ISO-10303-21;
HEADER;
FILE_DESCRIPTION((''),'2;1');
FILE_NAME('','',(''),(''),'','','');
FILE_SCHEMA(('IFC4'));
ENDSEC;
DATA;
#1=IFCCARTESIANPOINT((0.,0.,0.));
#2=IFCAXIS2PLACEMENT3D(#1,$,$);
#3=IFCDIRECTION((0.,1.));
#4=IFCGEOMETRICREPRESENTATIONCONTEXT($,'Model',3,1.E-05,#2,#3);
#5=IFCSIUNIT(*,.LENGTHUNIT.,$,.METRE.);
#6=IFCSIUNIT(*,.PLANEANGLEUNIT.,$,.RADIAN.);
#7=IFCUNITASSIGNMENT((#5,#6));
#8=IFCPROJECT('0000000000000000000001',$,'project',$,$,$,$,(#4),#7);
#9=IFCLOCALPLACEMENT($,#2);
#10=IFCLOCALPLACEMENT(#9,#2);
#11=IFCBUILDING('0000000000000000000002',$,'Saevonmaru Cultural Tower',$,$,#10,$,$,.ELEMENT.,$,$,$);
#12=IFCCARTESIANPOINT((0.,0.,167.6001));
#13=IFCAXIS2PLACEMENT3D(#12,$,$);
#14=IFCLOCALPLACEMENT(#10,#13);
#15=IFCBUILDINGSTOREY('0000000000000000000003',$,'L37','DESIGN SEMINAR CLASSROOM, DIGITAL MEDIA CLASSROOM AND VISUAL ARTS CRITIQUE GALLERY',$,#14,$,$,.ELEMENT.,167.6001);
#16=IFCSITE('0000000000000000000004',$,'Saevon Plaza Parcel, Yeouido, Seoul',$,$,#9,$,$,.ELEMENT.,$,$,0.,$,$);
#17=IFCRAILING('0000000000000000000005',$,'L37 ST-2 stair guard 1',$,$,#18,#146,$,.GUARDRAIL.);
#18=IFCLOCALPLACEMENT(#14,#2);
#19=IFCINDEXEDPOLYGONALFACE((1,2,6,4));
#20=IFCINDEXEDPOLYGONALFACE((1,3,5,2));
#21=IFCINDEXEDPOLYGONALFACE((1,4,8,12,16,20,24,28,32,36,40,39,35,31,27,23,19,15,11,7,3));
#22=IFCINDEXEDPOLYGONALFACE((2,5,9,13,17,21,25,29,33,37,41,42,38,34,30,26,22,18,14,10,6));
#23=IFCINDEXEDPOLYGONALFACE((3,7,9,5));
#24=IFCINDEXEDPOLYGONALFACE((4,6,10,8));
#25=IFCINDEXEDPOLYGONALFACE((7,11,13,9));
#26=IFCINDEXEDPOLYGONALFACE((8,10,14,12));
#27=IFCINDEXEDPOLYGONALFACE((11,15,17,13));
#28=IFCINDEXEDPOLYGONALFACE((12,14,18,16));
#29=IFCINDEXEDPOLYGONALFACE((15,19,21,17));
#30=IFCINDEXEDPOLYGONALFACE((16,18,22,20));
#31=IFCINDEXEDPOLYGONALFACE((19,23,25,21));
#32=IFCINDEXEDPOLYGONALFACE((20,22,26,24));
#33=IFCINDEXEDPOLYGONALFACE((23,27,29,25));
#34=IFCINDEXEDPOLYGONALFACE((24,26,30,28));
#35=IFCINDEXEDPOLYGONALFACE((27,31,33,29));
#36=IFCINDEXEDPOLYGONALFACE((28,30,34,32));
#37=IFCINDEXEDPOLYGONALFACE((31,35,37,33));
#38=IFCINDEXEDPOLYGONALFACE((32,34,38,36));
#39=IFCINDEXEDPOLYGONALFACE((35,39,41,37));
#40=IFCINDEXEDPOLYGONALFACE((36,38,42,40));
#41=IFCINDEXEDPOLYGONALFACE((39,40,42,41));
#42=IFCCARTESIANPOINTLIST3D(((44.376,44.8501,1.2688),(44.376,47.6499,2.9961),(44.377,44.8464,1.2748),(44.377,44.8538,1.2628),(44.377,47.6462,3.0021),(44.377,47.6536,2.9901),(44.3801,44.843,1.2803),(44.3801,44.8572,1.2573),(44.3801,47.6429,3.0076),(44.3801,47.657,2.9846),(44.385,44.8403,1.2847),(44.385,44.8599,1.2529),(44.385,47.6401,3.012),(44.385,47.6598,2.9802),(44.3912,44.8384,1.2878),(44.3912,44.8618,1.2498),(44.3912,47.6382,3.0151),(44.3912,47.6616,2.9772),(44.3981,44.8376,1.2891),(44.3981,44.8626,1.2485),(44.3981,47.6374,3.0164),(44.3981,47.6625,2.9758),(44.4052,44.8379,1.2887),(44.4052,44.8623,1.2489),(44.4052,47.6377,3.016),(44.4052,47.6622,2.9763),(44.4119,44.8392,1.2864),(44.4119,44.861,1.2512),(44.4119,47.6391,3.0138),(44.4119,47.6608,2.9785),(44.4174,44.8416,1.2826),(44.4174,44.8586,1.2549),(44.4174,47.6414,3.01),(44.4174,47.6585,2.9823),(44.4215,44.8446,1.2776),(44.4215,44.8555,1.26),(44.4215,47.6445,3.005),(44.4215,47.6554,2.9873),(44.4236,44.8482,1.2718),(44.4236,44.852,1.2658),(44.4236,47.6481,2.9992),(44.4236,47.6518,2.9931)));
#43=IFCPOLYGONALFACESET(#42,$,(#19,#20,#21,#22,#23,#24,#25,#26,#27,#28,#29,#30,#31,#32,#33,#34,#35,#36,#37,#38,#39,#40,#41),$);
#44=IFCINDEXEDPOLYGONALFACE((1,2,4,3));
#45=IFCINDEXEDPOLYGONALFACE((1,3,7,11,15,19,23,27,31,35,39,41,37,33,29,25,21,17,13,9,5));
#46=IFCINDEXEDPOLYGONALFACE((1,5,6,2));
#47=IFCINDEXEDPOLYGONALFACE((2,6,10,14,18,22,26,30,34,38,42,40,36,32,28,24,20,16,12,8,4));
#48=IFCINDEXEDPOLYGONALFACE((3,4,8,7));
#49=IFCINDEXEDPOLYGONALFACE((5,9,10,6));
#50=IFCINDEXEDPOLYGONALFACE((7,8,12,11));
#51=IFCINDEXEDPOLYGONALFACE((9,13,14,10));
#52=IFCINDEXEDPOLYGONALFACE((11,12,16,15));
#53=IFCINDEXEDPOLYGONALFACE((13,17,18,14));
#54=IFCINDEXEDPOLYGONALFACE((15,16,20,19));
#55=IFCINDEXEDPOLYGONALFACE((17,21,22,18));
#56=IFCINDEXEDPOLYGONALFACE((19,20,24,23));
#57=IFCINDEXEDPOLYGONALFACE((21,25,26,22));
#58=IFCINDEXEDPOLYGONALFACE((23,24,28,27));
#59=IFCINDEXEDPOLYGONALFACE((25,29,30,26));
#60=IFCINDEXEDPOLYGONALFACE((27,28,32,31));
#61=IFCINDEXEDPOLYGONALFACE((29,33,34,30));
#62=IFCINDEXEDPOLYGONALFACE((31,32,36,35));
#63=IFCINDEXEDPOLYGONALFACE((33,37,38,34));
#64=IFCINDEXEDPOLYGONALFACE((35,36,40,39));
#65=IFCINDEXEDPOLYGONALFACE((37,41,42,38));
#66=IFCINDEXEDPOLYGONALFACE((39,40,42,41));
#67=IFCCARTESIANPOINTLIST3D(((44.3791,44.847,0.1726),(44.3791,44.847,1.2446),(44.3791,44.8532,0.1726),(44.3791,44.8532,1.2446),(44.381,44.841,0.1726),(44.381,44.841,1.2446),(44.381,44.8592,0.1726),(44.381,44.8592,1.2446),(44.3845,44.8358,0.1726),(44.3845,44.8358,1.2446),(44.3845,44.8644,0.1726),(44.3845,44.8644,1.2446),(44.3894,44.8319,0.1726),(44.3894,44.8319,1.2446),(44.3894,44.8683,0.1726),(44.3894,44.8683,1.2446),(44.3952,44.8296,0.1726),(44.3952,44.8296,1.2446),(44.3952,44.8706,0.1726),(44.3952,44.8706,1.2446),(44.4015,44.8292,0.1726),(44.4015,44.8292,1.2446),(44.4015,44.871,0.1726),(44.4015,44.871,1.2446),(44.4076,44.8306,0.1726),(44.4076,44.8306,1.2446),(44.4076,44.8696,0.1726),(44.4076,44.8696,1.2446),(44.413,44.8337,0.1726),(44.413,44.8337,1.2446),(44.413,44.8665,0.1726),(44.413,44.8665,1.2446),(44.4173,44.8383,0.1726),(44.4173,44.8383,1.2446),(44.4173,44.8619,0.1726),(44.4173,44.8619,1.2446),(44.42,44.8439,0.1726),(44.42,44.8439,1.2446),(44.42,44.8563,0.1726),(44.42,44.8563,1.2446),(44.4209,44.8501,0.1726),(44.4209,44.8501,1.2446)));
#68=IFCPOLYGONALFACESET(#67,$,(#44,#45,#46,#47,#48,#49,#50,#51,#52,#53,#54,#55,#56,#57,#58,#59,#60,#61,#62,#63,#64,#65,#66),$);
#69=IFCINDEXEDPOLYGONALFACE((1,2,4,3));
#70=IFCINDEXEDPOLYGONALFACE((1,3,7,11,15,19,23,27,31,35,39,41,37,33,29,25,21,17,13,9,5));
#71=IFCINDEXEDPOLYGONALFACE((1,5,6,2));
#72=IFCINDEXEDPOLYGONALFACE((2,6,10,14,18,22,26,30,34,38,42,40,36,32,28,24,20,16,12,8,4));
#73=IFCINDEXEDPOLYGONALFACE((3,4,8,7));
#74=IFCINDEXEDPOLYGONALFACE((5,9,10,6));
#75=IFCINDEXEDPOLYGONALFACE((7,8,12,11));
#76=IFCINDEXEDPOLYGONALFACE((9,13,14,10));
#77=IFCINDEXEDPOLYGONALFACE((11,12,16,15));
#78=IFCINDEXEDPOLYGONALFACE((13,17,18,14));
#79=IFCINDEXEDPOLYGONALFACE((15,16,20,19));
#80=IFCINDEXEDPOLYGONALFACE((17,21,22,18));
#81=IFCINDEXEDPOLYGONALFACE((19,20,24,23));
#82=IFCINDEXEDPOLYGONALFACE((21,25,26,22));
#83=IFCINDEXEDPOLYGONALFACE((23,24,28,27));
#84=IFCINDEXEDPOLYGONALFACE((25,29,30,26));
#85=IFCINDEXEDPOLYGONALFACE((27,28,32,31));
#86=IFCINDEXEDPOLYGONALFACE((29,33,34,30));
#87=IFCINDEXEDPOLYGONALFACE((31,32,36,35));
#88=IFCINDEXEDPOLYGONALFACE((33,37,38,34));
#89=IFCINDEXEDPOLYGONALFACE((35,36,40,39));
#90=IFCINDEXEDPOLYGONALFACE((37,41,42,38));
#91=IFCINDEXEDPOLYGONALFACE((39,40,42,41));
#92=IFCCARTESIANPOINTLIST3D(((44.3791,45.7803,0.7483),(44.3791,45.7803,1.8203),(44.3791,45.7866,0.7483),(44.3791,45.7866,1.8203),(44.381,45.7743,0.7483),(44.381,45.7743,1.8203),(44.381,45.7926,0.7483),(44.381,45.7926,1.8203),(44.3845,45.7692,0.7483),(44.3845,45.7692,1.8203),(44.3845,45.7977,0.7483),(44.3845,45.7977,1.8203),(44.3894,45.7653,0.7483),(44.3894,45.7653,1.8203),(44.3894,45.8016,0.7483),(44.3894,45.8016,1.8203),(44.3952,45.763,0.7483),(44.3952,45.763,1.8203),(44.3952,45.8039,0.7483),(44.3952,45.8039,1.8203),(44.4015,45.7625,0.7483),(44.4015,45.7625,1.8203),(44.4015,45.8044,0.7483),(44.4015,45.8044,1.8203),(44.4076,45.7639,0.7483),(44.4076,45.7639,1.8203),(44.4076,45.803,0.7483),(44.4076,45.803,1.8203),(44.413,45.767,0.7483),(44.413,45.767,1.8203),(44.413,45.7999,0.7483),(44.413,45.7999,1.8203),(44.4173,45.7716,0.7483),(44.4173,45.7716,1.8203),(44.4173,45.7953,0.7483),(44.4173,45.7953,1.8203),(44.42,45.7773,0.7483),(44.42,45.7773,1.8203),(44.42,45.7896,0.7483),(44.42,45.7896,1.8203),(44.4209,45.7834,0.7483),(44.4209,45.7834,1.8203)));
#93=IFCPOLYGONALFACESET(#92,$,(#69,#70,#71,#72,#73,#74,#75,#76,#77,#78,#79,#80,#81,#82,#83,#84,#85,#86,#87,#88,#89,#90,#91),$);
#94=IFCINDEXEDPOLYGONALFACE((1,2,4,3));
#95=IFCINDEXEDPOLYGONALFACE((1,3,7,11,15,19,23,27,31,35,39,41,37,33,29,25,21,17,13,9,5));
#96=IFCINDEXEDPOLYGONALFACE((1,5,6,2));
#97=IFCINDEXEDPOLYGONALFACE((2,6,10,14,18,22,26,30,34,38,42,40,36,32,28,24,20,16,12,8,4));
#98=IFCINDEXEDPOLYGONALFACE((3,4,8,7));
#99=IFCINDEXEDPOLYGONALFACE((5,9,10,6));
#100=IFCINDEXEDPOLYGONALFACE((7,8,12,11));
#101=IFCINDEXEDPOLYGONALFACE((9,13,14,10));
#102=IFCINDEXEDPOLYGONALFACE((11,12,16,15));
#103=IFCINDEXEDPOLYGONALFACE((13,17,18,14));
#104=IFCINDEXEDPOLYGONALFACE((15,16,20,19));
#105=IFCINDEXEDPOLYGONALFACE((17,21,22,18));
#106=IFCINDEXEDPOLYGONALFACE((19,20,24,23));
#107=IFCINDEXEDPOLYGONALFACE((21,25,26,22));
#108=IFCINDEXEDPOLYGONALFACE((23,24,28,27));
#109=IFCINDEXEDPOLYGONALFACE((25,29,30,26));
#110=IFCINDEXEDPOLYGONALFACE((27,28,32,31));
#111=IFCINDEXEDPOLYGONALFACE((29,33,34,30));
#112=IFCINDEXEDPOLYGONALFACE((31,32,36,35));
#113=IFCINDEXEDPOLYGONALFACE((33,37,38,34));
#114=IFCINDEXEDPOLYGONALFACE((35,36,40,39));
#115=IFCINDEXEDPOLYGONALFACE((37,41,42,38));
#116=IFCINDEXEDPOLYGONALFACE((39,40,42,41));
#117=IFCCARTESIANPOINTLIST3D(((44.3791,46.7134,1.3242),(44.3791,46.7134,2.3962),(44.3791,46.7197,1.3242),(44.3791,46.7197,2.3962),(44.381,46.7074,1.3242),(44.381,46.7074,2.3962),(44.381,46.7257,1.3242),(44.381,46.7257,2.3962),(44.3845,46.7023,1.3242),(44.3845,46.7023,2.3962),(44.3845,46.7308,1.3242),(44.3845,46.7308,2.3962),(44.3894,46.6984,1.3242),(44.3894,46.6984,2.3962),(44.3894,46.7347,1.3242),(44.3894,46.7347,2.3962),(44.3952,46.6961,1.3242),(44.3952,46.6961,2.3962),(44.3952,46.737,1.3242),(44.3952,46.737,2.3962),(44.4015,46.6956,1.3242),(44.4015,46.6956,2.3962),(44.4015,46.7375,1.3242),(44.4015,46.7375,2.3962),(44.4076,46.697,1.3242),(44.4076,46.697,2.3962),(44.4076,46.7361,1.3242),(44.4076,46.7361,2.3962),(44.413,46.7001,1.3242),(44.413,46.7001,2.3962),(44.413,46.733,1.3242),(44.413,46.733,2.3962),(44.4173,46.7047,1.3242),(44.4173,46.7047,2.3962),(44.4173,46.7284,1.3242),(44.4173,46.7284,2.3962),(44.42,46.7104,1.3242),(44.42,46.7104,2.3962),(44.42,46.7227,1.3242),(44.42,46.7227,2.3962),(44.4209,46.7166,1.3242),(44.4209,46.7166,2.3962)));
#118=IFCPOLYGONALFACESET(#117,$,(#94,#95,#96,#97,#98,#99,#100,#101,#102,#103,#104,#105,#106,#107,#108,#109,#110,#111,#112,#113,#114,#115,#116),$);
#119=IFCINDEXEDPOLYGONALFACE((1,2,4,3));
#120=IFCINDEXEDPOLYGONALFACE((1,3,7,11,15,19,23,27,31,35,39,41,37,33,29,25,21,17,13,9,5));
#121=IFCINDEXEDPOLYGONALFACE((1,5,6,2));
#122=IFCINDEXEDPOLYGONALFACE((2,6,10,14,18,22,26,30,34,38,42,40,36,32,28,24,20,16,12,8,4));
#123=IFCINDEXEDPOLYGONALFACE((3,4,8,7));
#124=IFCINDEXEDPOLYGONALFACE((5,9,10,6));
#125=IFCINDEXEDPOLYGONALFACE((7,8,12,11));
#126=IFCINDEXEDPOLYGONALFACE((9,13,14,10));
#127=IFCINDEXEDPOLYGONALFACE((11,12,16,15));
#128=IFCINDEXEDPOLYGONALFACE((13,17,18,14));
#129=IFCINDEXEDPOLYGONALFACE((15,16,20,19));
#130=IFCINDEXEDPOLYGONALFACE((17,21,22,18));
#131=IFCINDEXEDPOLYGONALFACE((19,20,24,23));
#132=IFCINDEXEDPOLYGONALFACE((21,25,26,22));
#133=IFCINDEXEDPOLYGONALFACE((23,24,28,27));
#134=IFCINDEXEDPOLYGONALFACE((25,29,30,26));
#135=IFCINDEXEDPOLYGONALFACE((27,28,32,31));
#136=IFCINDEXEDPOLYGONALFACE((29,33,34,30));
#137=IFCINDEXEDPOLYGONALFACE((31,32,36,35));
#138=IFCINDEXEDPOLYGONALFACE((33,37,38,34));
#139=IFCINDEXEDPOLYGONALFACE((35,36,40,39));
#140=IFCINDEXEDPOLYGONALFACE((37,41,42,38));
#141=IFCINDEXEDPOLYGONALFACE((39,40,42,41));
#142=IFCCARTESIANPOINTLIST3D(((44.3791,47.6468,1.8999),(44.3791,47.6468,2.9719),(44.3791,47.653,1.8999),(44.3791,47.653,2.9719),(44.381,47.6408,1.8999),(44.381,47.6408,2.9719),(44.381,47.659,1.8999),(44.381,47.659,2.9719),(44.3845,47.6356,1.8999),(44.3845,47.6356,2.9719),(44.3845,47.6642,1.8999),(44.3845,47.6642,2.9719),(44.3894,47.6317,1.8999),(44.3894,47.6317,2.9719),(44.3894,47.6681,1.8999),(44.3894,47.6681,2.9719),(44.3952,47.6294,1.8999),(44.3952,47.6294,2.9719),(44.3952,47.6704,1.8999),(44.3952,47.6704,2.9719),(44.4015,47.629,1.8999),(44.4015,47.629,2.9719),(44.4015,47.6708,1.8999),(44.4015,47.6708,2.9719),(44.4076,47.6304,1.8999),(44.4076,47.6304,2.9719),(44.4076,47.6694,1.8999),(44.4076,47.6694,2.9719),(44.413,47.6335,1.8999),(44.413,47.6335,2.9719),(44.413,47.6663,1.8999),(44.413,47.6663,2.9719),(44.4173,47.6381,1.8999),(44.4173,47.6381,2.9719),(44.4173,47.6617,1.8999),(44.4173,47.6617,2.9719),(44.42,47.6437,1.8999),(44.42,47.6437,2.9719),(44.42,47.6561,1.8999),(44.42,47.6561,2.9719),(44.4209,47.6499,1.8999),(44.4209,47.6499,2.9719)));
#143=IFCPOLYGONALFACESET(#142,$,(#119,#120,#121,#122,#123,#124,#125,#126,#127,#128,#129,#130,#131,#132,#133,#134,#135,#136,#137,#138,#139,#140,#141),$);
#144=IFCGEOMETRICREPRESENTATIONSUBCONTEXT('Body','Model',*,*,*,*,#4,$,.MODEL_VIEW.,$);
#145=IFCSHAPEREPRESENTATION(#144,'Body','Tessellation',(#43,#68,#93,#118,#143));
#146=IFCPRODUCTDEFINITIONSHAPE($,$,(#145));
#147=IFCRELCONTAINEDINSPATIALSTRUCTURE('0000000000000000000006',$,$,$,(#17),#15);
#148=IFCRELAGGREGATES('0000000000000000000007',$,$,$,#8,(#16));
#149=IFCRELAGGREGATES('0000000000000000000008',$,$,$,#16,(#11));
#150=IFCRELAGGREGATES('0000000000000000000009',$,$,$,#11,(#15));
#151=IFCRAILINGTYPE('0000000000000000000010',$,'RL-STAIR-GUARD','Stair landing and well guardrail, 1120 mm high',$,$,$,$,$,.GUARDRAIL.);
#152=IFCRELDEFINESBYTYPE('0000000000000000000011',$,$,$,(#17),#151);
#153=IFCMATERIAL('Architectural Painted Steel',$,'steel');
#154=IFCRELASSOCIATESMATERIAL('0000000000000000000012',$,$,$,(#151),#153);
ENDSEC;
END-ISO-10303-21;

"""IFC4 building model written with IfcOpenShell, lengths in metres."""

from ifc_helpers import new_model, si_unit, direction, frame, origin, origin_2d, place, context, subcontext, project, spatial, circle, extrude, material, type_object, element, save


model = new_model("IFC4")

# Units and contexts
model_context = context("Model", 3, precision=1e-05, world=origin(), true_north=direction((0.0, 1.0)))
body_context = subcontext(model_context, "Body", "Model", "MODEL_VIEW")
ifc_project = project(units=[si_unit("LENGTHUNIT", "METRE"), si_unit("PLANEANGLEUNIT", "RADIAN")], contexts=[model_context])

# Site, building, storey
site_placement = place(None, origin())
site = spatial("IfcSite", under=ifc_project, at=site_placement, Name="Saevon Plaza Parcel, Yeouido, Seoul", CompositionType="ELEMENT", RefElevation=0.0)
building_placement = place(site_placement, origin())
building = spatial("IfcBuilding", under=site, at=building_placement, Name="Saevonmaru Cultural Tower", CompositionType="ELEMENT")
storey_placement = place(building_placement, frame((0.0, 0.0, 167.6001)))
storey = spatial("IfcBuildingStorey", under=building, at=storey_placement, Name="L37", Description="DESIGN SEMINAR CLASSROOM, DIGITAL MEDIA CLASSROOM AND VISUAL ARTS CRITIQUE GALLERY", CompositionType="ELEMENT", Elevation=167.6001)

# Railing
ifc_material_1 = material(Name="Architectural Painted Steel", Category="steel")
railing_type_1 = type_object("IfcRailingType", Name="RL-STAIR-GUARD", Description="Stair landing and well guardrail, 1120 mm high", PredefinedType="GUARDRAIL", material=ifc_material_1)
railing_1_placement = place(storey_placement, frame((44.3999, 44.8501, 0.1726)))
element("IfcRailing", 1, at=railing_1_placement, inside=storey, type_object=railing_type_1, Name="L37 ST-2 stair guard 1", PredefinedType="GUARDRAIL", context=body_context, shape_type="SweptSolid", body=[
    extrude(circle(Radius=0.0239, at=origin_2d()), frame((0.0, 0.0, 1.0962), z_axis=(0.0, 0.851069, 0.525054), x_axis=(-1.0, 0.0, 0.0)), (0.0, 0.0, 1.0), 3.2898),
    extrude(circle(Radius=0.021, at=origin_2d()), origin(), (0.0, 0.0, 1.0), 1.072),
    extrude(circle(Radius=0.021, at=origin_2d()), frame((0.0, 0.9333, 0.5757)), (0.0, 0.0, 1.0), 1.072),
    extrude(circle(Radius=0.021, at=origin_2d()), frame((0.0, 1.8665, 1.1516)), (0.0, 0.0, 1.0), 1.072),
    extrude(circle(Radius=0.021, at=origin_2d()), frame((0.0, 2.7998, 1.7273)), (0.0, 0.0, 1.0), 1.072),
])

save(model, "model.ifc")
